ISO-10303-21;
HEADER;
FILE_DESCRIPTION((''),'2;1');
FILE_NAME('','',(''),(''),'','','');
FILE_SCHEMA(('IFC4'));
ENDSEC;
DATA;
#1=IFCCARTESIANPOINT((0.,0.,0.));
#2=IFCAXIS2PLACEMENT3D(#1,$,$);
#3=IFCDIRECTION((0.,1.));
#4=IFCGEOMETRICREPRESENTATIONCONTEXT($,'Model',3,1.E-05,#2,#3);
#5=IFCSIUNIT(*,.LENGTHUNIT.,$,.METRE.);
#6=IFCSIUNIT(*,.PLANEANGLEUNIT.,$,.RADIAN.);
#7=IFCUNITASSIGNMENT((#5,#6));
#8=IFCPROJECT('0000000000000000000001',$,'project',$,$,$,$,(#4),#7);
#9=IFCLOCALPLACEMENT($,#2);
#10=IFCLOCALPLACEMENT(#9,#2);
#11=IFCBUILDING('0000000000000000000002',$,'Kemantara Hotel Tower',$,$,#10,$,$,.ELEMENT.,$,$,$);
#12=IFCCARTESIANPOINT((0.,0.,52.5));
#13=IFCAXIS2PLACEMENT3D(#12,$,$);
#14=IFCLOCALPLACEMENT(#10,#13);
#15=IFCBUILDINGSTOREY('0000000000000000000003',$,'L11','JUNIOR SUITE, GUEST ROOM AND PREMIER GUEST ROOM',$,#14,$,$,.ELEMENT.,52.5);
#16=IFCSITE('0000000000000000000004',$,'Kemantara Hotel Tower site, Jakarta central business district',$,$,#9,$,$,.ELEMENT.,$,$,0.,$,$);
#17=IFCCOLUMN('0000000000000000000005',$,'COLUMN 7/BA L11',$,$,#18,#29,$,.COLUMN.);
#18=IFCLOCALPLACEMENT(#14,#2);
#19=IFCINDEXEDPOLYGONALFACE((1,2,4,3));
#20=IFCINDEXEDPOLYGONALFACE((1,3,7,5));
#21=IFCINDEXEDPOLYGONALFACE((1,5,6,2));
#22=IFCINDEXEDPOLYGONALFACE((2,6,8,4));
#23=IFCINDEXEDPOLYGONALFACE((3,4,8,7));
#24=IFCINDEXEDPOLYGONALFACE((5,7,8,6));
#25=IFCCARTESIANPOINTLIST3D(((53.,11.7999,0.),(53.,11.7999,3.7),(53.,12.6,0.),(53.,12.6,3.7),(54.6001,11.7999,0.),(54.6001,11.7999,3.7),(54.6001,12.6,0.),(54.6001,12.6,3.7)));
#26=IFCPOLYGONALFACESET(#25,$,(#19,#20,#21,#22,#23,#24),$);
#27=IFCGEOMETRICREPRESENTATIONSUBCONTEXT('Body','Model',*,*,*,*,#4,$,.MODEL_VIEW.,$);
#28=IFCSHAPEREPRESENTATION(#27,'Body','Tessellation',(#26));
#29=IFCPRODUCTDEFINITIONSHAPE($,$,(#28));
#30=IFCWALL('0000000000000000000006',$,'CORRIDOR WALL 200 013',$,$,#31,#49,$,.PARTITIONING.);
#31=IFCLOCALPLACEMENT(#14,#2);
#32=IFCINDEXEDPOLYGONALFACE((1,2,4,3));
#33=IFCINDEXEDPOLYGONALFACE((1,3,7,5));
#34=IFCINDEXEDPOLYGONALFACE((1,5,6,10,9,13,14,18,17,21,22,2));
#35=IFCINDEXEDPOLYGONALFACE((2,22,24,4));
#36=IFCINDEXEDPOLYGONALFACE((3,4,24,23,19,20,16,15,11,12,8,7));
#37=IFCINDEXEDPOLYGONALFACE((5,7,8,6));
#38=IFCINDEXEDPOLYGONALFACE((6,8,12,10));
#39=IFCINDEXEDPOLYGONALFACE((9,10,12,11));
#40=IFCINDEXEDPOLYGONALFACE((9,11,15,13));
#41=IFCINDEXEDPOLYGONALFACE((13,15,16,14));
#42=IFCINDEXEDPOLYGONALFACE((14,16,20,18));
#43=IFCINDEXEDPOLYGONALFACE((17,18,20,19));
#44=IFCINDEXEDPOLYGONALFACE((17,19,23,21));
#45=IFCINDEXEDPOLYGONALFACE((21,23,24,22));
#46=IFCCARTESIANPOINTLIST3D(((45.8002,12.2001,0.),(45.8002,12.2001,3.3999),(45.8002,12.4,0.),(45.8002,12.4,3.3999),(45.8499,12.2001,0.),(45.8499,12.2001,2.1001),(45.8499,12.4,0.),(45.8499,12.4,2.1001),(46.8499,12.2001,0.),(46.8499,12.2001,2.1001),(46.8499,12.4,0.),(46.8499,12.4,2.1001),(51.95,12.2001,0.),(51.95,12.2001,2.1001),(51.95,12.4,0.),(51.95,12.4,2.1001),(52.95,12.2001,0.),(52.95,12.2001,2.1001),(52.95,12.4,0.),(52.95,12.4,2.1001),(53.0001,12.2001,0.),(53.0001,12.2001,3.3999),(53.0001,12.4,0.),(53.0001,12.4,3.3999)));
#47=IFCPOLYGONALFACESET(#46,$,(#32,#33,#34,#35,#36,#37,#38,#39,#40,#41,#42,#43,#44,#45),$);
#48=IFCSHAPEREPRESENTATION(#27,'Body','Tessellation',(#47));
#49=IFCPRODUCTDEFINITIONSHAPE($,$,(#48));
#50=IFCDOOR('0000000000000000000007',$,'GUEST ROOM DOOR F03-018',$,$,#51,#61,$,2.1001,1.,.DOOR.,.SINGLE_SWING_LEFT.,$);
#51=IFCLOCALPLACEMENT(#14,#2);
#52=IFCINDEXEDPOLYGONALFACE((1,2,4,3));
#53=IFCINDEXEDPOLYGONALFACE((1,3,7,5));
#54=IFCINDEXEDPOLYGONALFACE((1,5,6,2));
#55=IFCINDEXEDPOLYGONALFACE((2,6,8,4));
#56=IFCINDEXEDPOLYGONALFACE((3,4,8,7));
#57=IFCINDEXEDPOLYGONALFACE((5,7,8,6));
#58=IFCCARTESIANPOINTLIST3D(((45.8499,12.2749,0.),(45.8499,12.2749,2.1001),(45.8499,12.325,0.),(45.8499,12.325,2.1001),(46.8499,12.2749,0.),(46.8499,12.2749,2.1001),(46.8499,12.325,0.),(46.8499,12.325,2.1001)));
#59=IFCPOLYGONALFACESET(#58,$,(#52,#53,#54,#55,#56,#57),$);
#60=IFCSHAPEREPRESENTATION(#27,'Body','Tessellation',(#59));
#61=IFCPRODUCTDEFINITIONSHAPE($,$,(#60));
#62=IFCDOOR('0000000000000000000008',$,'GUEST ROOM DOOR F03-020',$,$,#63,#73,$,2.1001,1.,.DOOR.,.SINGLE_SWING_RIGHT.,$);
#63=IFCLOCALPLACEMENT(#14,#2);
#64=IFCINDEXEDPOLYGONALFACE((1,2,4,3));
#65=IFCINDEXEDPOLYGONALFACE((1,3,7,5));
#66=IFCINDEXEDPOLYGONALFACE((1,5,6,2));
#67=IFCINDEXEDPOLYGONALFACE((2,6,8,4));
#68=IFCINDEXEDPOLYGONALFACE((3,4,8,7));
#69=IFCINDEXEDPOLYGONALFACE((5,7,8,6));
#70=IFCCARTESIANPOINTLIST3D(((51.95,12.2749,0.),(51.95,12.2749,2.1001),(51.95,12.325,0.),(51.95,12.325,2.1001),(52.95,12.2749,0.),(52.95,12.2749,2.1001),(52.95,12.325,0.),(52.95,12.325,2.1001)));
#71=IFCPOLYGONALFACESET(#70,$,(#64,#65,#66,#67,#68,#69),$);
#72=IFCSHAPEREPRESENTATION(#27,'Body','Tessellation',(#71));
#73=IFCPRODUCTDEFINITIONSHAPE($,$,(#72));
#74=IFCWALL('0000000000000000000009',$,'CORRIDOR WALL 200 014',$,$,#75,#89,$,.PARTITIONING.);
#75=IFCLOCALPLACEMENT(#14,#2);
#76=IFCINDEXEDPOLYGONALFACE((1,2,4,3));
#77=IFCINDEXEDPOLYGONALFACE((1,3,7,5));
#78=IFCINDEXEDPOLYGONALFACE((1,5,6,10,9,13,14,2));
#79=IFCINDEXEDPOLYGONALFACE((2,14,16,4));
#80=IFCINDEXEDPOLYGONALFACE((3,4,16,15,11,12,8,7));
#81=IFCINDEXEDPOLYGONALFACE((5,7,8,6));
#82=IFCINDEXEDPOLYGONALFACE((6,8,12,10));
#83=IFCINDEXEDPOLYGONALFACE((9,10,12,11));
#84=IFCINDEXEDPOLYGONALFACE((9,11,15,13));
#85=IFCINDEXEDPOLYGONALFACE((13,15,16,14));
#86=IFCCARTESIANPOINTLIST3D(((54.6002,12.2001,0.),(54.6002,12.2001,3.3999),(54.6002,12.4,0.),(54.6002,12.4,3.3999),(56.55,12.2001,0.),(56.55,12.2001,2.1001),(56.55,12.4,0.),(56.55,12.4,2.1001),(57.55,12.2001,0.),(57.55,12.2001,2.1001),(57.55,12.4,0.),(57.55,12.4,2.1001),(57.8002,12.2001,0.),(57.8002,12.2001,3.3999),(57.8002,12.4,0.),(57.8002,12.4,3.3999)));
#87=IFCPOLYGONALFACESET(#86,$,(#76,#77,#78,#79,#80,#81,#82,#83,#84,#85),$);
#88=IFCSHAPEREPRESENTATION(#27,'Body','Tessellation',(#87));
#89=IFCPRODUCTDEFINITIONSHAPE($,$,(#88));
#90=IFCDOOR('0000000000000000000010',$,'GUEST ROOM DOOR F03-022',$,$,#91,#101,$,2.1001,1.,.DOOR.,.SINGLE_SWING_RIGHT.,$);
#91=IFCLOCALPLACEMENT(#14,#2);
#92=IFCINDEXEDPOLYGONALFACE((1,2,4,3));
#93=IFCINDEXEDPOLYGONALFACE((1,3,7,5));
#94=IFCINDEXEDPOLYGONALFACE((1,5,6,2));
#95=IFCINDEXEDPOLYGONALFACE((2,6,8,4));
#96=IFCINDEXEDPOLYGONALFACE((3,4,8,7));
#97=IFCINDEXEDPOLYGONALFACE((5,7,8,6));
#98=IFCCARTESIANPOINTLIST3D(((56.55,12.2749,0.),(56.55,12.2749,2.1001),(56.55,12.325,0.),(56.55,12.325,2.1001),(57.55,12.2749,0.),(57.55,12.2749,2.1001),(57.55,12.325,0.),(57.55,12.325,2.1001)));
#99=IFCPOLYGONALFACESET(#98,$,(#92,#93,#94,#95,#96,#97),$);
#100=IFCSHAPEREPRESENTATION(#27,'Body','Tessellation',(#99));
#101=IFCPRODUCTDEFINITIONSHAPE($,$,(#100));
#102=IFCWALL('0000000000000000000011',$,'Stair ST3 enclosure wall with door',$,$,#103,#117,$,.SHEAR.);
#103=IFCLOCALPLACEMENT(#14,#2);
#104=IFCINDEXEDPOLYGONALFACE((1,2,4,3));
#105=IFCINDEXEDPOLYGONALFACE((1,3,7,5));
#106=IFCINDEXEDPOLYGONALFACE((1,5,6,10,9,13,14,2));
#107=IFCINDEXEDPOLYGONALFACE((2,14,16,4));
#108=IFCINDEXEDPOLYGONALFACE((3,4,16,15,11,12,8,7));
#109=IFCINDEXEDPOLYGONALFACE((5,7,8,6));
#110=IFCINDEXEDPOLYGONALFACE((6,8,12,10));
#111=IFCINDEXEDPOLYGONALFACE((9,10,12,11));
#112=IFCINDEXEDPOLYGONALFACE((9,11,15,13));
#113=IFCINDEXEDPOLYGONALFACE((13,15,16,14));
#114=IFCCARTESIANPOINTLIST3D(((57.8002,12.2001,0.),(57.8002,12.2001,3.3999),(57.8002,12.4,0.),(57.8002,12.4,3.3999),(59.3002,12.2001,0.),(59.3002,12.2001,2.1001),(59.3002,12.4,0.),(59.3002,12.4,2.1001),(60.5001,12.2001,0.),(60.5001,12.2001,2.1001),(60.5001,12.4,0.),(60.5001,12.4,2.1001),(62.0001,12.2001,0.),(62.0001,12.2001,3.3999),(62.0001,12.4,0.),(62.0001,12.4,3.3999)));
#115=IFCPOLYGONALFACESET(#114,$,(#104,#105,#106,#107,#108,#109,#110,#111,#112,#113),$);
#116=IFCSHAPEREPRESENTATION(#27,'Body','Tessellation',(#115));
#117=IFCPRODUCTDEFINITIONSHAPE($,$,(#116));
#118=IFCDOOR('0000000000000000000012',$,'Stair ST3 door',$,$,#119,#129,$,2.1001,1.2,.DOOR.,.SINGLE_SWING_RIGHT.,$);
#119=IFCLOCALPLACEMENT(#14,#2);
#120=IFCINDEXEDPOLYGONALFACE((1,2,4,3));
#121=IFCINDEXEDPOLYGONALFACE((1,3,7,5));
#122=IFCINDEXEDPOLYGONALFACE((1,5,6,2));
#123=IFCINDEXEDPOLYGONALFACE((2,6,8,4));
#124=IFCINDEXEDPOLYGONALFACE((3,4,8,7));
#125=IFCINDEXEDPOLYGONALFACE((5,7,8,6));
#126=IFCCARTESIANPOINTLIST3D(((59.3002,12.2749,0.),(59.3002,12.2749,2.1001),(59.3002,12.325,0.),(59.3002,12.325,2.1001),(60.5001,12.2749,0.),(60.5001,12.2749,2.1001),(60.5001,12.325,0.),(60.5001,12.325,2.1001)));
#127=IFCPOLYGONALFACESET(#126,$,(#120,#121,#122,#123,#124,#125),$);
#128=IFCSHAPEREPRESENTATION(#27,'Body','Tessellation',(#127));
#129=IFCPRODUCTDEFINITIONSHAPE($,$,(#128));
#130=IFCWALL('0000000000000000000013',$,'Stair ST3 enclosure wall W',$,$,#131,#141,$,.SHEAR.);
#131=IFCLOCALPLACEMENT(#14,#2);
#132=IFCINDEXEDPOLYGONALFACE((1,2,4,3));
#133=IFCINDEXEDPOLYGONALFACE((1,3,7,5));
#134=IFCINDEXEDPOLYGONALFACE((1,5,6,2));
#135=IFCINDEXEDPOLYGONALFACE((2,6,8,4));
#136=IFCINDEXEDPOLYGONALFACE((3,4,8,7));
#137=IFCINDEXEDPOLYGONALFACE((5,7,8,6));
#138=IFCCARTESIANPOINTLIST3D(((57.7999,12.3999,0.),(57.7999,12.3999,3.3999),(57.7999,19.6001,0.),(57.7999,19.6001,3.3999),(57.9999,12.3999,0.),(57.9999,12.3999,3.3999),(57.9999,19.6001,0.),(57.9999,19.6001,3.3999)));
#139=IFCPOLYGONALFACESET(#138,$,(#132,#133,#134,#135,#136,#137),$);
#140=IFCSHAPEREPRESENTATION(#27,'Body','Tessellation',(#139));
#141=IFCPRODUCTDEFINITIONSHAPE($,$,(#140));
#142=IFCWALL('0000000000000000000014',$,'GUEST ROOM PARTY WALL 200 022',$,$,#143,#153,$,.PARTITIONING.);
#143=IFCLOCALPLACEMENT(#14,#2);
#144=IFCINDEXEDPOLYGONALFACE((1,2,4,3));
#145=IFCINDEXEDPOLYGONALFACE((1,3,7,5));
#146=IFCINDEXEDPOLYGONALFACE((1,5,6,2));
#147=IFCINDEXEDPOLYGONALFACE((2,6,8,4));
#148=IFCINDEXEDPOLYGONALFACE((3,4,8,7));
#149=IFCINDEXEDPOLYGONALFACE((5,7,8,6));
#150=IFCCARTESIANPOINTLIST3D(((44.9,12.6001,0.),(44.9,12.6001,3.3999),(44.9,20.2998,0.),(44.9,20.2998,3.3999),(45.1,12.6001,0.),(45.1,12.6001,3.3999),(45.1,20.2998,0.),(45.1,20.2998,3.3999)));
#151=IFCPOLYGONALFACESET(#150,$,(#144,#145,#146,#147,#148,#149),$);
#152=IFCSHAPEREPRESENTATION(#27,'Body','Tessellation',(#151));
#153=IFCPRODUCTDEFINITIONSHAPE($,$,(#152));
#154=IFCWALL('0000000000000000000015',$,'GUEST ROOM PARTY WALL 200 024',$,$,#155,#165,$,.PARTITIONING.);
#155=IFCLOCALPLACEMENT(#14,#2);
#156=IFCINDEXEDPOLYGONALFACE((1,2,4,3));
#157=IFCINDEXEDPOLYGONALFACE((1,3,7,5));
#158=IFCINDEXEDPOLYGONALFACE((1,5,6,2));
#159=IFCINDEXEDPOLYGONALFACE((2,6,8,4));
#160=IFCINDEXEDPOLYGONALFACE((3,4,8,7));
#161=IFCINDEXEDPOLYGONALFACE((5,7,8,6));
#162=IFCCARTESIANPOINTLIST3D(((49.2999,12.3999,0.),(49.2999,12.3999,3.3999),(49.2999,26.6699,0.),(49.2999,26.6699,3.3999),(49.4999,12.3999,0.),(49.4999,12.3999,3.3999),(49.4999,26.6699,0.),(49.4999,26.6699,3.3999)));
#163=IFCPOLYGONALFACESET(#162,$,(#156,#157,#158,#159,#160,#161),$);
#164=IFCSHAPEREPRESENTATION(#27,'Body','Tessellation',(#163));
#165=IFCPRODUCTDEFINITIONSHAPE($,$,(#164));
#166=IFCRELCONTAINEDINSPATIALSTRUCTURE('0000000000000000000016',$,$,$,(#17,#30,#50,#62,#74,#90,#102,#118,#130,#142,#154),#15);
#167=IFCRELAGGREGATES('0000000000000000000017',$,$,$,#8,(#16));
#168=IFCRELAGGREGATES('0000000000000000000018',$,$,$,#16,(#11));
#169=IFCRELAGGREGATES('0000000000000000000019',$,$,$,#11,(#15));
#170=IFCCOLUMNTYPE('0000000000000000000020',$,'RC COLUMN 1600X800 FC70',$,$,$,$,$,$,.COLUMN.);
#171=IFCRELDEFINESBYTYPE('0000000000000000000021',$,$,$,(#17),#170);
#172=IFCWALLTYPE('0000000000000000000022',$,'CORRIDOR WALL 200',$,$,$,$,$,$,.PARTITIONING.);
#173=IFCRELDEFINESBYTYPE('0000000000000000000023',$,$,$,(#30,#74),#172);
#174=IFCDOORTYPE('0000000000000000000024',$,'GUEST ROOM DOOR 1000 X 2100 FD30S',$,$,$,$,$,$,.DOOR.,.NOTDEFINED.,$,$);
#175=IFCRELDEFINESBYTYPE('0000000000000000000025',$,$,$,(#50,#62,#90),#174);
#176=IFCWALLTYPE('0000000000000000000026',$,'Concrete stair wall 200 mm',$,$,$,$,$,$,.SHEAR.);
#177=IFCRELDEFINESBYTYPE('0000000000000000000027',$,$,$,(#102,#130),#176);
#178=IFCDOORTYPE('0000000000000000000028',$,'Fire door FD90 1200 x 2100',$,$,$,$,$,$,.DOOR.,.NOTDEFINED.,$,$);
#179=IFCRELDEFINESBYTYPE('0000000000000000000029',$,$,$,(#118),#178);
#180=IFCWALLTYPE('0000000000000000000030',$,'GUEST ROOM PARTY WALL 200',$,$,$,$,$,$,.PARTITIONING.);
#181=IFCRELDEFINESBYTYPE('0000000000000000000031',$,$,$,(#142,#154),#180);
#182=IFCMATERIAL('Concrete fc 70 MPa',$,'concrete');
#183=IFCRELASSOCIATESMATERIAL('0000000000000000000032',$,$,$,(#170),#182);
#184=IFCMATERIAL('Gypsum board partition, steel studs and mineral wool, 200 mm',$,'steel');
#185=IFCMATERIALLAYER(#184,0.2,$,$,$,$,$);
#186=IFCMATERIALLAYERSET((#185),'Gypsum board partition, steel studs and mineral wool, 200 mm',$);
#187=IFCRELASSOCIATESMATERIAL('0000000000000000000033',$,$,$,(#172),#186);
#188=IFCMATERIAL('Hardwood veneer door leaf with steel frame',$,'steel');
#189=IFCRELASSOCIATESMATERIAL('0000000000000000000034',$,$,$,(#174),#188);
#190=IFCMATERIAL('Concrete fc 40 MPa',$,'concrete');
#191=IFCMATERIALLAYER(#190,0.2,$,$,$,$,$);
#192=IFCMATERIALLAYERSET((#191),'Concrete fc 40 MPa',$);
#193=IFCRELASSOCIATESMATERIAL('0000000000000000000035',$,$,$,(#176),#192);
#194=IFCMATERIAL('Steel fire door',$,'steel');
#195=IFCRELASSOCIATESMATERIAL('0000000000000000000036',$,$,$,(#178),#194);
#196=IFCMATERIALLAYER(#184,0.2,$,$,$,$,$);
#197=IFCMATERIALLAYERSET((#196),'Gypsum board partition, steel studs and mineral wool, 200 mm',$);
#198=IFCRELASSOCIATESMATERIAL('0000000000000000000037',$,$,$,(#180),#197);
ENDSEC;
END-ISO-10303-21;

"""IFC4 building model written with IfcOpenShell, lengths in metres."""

from ifc_helpers import new_model, si_unit, direction, frame, frame_2d, origin, origin_2d, place, context, subcontext, project, spatial, rectangle, extrude, material, layer, layer_set, material_profile, profile_set, type_object, element, fill, save


model = new_model("IFC4")

# Units and contexts
model_context = context("Model", 3, precision=1e-05, world=origin(), true_north=direction((0.0, 1.0)))
body_context = subcontext(model_context, "Body", "Model", "MODEL_VIEW")
ifc_project = project(units=[si_unit("LENGTHUNIT", "METRE"), si_unit("PLANEANGLEUNIT", "RADIAN")], contexts=[model_context])

# Site, building, storey
site_placement = place(None, origin())
site = spatial("IfcSite", under=ifc_project, at=site_placement, Name="Kemantara Hotel Tower site, Jakarta central business district", CompositionType="ELEMENT", RefElevation=0.0)
building_placement = place(site_placement, origin())
building = spatial("IfcBuilding", under=site, at=building_placement, Name="Kemantara Hotel Tower", CompositionType="ELEMENT")
storey_placement = place(building_placement, frame((0.0, 0.0, 52.5)))
storey = spatial("IfcBuildingStorey", under=building, at=storey_placement, Name="L11", Description="JUNIOR SUITE, GUEST ROOM AND PREMIER GUEST ROOM", CompositionType="ELEMENT", Elevation=52.5)

# Column
ifc_material_1 = material(Name="Concrete fc 70 MPa", Category="concrete")
ifc_material_profile = material_profile(ifc_material_1, rectangle(XDim=1.6001, YDim=0.8, at=origin_2d()), Name="RC 1600X800")
ifc_profile_set = profile_set([ifc_material_profile], Name="Concrete fc 70 MPa")
column_type = type_object("IfcColumnType", Name="RC COLUMN 1600X800 FC70", PredefinedType="COLUMN", material=ifc_profile_set)
column_placement = place(storey_placement, frame((53.8, 12.2, 0.0), z_axis=(0.0, 0.0, 1.0), x_axis=(1.0, 0.0, 0.0)))
element("IfcColumn", 1, at=column_placement, inside=storey, type_object=column_type, Name="COLUMN 7/BA L11", PredefinedType="COLUMN", context=body_context, shape_type="SweptSolid", body=[
    extrude(rectangle(XDim=1.6001, YDim=0.8, at=origin_2d()), origin(), (0.0, 0.0, 1.0), 3.7),
])

# Wall, openings, doors
ifc_material_2 = material(Name="Gypsum board partition, steel studs and mineral wool, 200 mm", Category="steel")
ifc_layer_1 = layer(ifc_material_2, 0.2)
ifc_layer_set_1 = layer_set([ifc_layer_1], Name="Gypsum board partition, steel studs and mineral wool, 200 mm")
wall_type_1 = type_object("IfcWallType", Name="CORRIDOR WALL 200", PredefinedType="PARTITIONING", material=ifc_layer_set_1)
wall_1_placement = place(storey_placement, frame((45.8, 12.3, 0.0), z_axis=(0.0, 0.0, 1.0), x_axis=(1.0, 0.0, 0.0)))
wall_1 = element("IfcWall", 2, at=wall_1_placement, inside=storey, type_object=wall_type_1, Name="CORRIDOR WALL 200 013", PredefinedType="PARTITIONING", context=body_context, shape_type="SweptSolid", body=[
    extrude(rectangle(XDim=7.2, YDim=0.2, at=frame_2d((3.6001, 0.0))), origin(), (0.0, 0.0, 1.0), 3.3999),
])
opening_1_placement = place(wall_1_placement, frame((0.0498, 0.0, 0.0)))
opening_1 = element("IfcOpeningElement", 3, at=opening_1_placement, cuts=wall_1, PredefinedType="OPENING", context=body_context, shape_type="SweptSolid", body=[
    extrude(rectangle(XDim=1.0, YDim=2.1001, at=frame_2d((0.5, 1.05))), frame((0.0, 0.1099, 0.0), z_axis=(0.0, -1.0, 0.0), x_axis=(1.0, 0.0, 0.0)), (0.0, 0.0, 1.0), 0.22),
])
opening_2_placement = place(wall_1_placement, frame((6.1499, 0.0, 0.0)))
opening_2 = element("IfcOpeningElement", 4, at=opening_2_placement, cuts=wall_1, PredefinedType="OPENING", context=body_context, shape_type="SweptSolid", body=[
    extrude(rectangle(XDim=1.0, YDim=2.1001, at=frame_2d((0.5, 1.05))), frame((0.0, 0.1099, 0.0), z_axis=(0.0, -1.0, 0.0), x_axis=(1.0, 0.0, 0.0)), (0.0, 0.0, 1.0), 0.22),
])
ifc_material_3 = material(Name="Hardwood veneer door leaf with steel frame", Category="steel")
door_type_1 = type_object("IfcDoorType", Name="GUEST ROOM DOOR 1000 X 2100 FD30S", OperationType="NOTDEFINED", PredefinedType="DOOR", material=ifc_material_3)
door_1_placement = place(opening_1_placement, origin())
door_1 = element("IfcDoor", 5, at=door_1_placement, inside=storey, type_object=door_type_1, Name="GUEST ROOM DOOR F03-018", OperationType="SINGLE_SWING_LEFT", OverallHeight=2.1001, OverallWidth=1.0, PredefinedType="DOOR", context=body_context, shape_type="SweptSolid", body=[
    extrude(rectangle(XDim=1.0, YDim=2.1001, at=frame_2d((0.5, 1.05))), frame((0.0, 0.0249, 0.0), z_axis=(0.0, -1.0, 0.0), x_axis=(1.0, 0.0, 0.0)), (0.0, 0.0, 1.0), 0.05),
])
fill(opening_1, door_1)
door_2_placement = place(opening_2_placement, origin())
door_2 = element("IfcDoor", 6, at=door_2_placement, inside=storey, type_object=door_type_1, Name="GUEST ROOM DOOR F03-020", OperationType="SINGLE_SWING_RIGHT", OverallHeight=2.1001, OverallWidth=1.0, PredefinedType="DOOR", context=body_context, shape_type="SweptSolid", body=[
    extrude(rectangle(XDim=1.0, YDim=2.1001, at=frame_2d((0.5, 1.05))), frame((0.0, 0.0249, 0.0), z_axis=(0.0, -1.0, 0.0), x_axis=(1.0, 0.0, 0.0)), (0.0, 0.0, 1.0), 0.05),
])
fill(opening_2, door_2)

# Walls, openings, doors
wall_2_placement = place(storey_placement, frame((54.6001, 12.3, 0.0), z_axis=(0.0, 0.0, 1.0), x_axis=(1.0, 0.0, 0.0)))
wall_2 = element("IfcWall", 7, at=wall_2_placement, inside=storey, type_object=wall_type_1, Name="CORRIDOR WALL 200 014", PredefinedType="PARTITIONING", context=body_context, shape_type="SweptSolid", body=[
    extrude(rectangle(XDim=3.2, YDim=0.2, at=frame_2d((1.6001, 0.0))), origin(), (0.0, 0.0, 1.0), 3.3999),
])
opening_3_placement = place(wall_2_placement, frame((1.95, 0.0, 0.0)))
opening_3 = element("IfcOpeningElement", 8, at=opening_3_placement, cuts=wall_2, PredefinedType="OPENING", context=body_context, shape_type="SweptSolid", body=[
    extrude(rectangle(XDim=1.0, YDim=2.1001, at=frame_2d((0.5, 1.05))), frame((0.0, 0.1099, 0.0), z_axis=(0.0, -1.0, 0.0), x_axis=(1.0, 0.0, 0.0)), (0.0, 0.0, 1.0), 0.22),
])
door_3_placement = place(opening_3_placement, origin())
door_3 = element("IfcDoor", 9, at=door_3_placement, inside=storey, type_object=door_type_1, Name="GUEST ROOM DOOR F03-022", OperationType="SINGLE_SWING_RIGHT", OverallHeight=2.1001, OverallWidth=1.0, PredefinedType="DOOR", context=body_context, shape_type="SweptSolid", body=[
    extrude(rectangle(XDim=1.0, YDim=2.1001, at=frame_2d((0.5, 1.05))), frame((0.0, 0.0249, 0.0), z_axis=(0.0, -1.0, 0.0), x_axis=(1.0, 0.0, 0.0)), (0.0, 0.0, 1.0), 0.05),
])
fill(opening_3, door_3)
ifc_material_4 = material(Name="Concrete fc 40 MPa", Category="concrete")
ifc_layer_2 = layer(ifc_material_4, 0.2)
ifc_layer_set_2 = layer_set([ifc_layer_2], Name="Concrete fc 40 MPa")
wall_type_2 = type_object("IfcWallType", Name="Concrete stair wall 200 mm", PredefinedType="SHEAR", material=ifc_layer_set_2)
wall_3_placement = place(storey_placement, frame((57.8, 12.3, 0.0), z_axis=(0.0, 0.0, 1.0), x_axis=(1.0, 0.0, 0.0)))
wall_3 = element("IfcWall", 10, at=wall_3_placement, inside=storey, type_object=wall_type_2, Name="Stair ST3 enclosure wall with door", PredefinedType="SHEAR", context=body_context, shape_type="SweptSolid", body=[
    extrude(rectangle(XDim=4.2, YDim=0.2, at=frame_2d((2.1001, 0.0))), origin(), (0.0, 0.0, 1.0), 3.3999),
])
opening_4_placement = place(wall_3_placement, frame((1.5, 0.0, 0.0)))
opening_4 = element("IfcOpeningElement", 11, at=opening_4_placement, cuts=wall_3, PredefinedType="OPENING", context=body_context, shape_type="SweptSolid", body=[
    extrude(rectangle(XDim=1.2, YDim=2.1001, at=frame_2d((0.6001, 1.05))), frame((0.0, 0.1099, 0.0), z_axis=(0.0, -1.0, 0.0), x_axis=(1.0, 0.0, 0.0)), (0.0, 0.0, 1.0), 0.22),
])
ifc_material_5 = material(Name="Steel fire door", Category="steel")
door_type_2 = type_object("IfcDoorType", Name="Fire door FD90 1200 x 2100", OperationType="NOTDEFINED", PredefinedType="DOOR", material=ifc_material_5)
door_4_placement = place(opening_4_placement, origin())
door_4 = element("IfcDoor", 12, at=door_4_placement, inside=storey, type_object=door_type_2, Name="Stair ST3 door", OperationType="SINGLE_SWING_RIGHT", OverallHeight=2.1001, OverallWidth=1.2, PredefinedType="DOOR", context=body_context, shape_type="SweptSolid", body=[
    extrude(rectangle(XDim=1.2, YDim=2.1001, at=frame_2d((0.6001, 1.05))), frame((0.0, 0.0249, 0.0), z_axis=(0.0, -1.0, 0.0), x_axis=(1.0, 0.0, 0.0)), (0.0, 0.0, 1.0), 0.05),
])
fill(opening_4, door_4)

# Walls
wall_4_placement = place(storey_placement, frame((57.8999, 12.3999, 0.0), z_axis=(0.0, 0.0, 1.0), x_axis=(0.0, 1.0, 0.0)))
element("IfcWall", 13, at=wall_4_placement, inside=storey, type_object=wall_type_2, Name="Stair ST3 enclosure wall W", PredefinedType="SHEAR", context=body_context, shape_type="SweptSolid", body=[
    extrude(rectangle(XDim=7.2002, YDim=0.2, at=frame_2d((3.6001, 0.0))), origin(), (0.0, 0.0, 1.0), 3.3999),
])
ifc_layer_3 = layer(ifc_material_2, 0.2)
ifc_layer_set_3 = layer_set([ifc_layer_3], Name="Gypsum board partition, steel studs and mineral wool, 200 mm")
wall_type_3 = type_object("IfcWallType", Name="GUEST ROOM PARTY WALL 200", PredefinedType="PARTITIONING", material=ifc_layer_set_3)
wall_5_placement = place(storey_placement, frame((45.0, 12.6001, 0.0), z_axis=(0.0, 0.0, 1.0), x_axis=(0.0, 1.0, 0.0)))
element("IfcWall", 14, at=wall_5_placement, inside=storey, type_object=wall_type_3, Name="GUEST ROOM PARTY WALL 200 022", PredefinedType="PARTITIONING", context=body_context, shape_type="SweptSolid", body=[
    extrude(rectangle(XDim=7.6997, YDim=0.2, at=frame_2d((3.8499, 0.0))), origin(), (0.0, 0.0, 1.0), 3.3999),
])
wall_6_placement = place(storey_placement, frame((49.3999, 12.3999, 0.0), z_axis=(0.0, 0.0, 1.0), x_axis=(0.0, 1.0, 0.0)))
element("IfcWall", 15, at=wall_6_placement, inside=storey, type_object=wall_type_3, Name="GUEST ROOM PARTY WALL 200 024", PredefinedType="PARTITIONING", context=body_context, shape_type="SweptSolid", body=[
    extrude(rectangle(XDim=14.27, YDim=0.2, at=frame_2d((7.135, 0.0))), origin(), (0.0, 0.0, 1.0), 3.3999),
])

save(model, "model.ifc")
